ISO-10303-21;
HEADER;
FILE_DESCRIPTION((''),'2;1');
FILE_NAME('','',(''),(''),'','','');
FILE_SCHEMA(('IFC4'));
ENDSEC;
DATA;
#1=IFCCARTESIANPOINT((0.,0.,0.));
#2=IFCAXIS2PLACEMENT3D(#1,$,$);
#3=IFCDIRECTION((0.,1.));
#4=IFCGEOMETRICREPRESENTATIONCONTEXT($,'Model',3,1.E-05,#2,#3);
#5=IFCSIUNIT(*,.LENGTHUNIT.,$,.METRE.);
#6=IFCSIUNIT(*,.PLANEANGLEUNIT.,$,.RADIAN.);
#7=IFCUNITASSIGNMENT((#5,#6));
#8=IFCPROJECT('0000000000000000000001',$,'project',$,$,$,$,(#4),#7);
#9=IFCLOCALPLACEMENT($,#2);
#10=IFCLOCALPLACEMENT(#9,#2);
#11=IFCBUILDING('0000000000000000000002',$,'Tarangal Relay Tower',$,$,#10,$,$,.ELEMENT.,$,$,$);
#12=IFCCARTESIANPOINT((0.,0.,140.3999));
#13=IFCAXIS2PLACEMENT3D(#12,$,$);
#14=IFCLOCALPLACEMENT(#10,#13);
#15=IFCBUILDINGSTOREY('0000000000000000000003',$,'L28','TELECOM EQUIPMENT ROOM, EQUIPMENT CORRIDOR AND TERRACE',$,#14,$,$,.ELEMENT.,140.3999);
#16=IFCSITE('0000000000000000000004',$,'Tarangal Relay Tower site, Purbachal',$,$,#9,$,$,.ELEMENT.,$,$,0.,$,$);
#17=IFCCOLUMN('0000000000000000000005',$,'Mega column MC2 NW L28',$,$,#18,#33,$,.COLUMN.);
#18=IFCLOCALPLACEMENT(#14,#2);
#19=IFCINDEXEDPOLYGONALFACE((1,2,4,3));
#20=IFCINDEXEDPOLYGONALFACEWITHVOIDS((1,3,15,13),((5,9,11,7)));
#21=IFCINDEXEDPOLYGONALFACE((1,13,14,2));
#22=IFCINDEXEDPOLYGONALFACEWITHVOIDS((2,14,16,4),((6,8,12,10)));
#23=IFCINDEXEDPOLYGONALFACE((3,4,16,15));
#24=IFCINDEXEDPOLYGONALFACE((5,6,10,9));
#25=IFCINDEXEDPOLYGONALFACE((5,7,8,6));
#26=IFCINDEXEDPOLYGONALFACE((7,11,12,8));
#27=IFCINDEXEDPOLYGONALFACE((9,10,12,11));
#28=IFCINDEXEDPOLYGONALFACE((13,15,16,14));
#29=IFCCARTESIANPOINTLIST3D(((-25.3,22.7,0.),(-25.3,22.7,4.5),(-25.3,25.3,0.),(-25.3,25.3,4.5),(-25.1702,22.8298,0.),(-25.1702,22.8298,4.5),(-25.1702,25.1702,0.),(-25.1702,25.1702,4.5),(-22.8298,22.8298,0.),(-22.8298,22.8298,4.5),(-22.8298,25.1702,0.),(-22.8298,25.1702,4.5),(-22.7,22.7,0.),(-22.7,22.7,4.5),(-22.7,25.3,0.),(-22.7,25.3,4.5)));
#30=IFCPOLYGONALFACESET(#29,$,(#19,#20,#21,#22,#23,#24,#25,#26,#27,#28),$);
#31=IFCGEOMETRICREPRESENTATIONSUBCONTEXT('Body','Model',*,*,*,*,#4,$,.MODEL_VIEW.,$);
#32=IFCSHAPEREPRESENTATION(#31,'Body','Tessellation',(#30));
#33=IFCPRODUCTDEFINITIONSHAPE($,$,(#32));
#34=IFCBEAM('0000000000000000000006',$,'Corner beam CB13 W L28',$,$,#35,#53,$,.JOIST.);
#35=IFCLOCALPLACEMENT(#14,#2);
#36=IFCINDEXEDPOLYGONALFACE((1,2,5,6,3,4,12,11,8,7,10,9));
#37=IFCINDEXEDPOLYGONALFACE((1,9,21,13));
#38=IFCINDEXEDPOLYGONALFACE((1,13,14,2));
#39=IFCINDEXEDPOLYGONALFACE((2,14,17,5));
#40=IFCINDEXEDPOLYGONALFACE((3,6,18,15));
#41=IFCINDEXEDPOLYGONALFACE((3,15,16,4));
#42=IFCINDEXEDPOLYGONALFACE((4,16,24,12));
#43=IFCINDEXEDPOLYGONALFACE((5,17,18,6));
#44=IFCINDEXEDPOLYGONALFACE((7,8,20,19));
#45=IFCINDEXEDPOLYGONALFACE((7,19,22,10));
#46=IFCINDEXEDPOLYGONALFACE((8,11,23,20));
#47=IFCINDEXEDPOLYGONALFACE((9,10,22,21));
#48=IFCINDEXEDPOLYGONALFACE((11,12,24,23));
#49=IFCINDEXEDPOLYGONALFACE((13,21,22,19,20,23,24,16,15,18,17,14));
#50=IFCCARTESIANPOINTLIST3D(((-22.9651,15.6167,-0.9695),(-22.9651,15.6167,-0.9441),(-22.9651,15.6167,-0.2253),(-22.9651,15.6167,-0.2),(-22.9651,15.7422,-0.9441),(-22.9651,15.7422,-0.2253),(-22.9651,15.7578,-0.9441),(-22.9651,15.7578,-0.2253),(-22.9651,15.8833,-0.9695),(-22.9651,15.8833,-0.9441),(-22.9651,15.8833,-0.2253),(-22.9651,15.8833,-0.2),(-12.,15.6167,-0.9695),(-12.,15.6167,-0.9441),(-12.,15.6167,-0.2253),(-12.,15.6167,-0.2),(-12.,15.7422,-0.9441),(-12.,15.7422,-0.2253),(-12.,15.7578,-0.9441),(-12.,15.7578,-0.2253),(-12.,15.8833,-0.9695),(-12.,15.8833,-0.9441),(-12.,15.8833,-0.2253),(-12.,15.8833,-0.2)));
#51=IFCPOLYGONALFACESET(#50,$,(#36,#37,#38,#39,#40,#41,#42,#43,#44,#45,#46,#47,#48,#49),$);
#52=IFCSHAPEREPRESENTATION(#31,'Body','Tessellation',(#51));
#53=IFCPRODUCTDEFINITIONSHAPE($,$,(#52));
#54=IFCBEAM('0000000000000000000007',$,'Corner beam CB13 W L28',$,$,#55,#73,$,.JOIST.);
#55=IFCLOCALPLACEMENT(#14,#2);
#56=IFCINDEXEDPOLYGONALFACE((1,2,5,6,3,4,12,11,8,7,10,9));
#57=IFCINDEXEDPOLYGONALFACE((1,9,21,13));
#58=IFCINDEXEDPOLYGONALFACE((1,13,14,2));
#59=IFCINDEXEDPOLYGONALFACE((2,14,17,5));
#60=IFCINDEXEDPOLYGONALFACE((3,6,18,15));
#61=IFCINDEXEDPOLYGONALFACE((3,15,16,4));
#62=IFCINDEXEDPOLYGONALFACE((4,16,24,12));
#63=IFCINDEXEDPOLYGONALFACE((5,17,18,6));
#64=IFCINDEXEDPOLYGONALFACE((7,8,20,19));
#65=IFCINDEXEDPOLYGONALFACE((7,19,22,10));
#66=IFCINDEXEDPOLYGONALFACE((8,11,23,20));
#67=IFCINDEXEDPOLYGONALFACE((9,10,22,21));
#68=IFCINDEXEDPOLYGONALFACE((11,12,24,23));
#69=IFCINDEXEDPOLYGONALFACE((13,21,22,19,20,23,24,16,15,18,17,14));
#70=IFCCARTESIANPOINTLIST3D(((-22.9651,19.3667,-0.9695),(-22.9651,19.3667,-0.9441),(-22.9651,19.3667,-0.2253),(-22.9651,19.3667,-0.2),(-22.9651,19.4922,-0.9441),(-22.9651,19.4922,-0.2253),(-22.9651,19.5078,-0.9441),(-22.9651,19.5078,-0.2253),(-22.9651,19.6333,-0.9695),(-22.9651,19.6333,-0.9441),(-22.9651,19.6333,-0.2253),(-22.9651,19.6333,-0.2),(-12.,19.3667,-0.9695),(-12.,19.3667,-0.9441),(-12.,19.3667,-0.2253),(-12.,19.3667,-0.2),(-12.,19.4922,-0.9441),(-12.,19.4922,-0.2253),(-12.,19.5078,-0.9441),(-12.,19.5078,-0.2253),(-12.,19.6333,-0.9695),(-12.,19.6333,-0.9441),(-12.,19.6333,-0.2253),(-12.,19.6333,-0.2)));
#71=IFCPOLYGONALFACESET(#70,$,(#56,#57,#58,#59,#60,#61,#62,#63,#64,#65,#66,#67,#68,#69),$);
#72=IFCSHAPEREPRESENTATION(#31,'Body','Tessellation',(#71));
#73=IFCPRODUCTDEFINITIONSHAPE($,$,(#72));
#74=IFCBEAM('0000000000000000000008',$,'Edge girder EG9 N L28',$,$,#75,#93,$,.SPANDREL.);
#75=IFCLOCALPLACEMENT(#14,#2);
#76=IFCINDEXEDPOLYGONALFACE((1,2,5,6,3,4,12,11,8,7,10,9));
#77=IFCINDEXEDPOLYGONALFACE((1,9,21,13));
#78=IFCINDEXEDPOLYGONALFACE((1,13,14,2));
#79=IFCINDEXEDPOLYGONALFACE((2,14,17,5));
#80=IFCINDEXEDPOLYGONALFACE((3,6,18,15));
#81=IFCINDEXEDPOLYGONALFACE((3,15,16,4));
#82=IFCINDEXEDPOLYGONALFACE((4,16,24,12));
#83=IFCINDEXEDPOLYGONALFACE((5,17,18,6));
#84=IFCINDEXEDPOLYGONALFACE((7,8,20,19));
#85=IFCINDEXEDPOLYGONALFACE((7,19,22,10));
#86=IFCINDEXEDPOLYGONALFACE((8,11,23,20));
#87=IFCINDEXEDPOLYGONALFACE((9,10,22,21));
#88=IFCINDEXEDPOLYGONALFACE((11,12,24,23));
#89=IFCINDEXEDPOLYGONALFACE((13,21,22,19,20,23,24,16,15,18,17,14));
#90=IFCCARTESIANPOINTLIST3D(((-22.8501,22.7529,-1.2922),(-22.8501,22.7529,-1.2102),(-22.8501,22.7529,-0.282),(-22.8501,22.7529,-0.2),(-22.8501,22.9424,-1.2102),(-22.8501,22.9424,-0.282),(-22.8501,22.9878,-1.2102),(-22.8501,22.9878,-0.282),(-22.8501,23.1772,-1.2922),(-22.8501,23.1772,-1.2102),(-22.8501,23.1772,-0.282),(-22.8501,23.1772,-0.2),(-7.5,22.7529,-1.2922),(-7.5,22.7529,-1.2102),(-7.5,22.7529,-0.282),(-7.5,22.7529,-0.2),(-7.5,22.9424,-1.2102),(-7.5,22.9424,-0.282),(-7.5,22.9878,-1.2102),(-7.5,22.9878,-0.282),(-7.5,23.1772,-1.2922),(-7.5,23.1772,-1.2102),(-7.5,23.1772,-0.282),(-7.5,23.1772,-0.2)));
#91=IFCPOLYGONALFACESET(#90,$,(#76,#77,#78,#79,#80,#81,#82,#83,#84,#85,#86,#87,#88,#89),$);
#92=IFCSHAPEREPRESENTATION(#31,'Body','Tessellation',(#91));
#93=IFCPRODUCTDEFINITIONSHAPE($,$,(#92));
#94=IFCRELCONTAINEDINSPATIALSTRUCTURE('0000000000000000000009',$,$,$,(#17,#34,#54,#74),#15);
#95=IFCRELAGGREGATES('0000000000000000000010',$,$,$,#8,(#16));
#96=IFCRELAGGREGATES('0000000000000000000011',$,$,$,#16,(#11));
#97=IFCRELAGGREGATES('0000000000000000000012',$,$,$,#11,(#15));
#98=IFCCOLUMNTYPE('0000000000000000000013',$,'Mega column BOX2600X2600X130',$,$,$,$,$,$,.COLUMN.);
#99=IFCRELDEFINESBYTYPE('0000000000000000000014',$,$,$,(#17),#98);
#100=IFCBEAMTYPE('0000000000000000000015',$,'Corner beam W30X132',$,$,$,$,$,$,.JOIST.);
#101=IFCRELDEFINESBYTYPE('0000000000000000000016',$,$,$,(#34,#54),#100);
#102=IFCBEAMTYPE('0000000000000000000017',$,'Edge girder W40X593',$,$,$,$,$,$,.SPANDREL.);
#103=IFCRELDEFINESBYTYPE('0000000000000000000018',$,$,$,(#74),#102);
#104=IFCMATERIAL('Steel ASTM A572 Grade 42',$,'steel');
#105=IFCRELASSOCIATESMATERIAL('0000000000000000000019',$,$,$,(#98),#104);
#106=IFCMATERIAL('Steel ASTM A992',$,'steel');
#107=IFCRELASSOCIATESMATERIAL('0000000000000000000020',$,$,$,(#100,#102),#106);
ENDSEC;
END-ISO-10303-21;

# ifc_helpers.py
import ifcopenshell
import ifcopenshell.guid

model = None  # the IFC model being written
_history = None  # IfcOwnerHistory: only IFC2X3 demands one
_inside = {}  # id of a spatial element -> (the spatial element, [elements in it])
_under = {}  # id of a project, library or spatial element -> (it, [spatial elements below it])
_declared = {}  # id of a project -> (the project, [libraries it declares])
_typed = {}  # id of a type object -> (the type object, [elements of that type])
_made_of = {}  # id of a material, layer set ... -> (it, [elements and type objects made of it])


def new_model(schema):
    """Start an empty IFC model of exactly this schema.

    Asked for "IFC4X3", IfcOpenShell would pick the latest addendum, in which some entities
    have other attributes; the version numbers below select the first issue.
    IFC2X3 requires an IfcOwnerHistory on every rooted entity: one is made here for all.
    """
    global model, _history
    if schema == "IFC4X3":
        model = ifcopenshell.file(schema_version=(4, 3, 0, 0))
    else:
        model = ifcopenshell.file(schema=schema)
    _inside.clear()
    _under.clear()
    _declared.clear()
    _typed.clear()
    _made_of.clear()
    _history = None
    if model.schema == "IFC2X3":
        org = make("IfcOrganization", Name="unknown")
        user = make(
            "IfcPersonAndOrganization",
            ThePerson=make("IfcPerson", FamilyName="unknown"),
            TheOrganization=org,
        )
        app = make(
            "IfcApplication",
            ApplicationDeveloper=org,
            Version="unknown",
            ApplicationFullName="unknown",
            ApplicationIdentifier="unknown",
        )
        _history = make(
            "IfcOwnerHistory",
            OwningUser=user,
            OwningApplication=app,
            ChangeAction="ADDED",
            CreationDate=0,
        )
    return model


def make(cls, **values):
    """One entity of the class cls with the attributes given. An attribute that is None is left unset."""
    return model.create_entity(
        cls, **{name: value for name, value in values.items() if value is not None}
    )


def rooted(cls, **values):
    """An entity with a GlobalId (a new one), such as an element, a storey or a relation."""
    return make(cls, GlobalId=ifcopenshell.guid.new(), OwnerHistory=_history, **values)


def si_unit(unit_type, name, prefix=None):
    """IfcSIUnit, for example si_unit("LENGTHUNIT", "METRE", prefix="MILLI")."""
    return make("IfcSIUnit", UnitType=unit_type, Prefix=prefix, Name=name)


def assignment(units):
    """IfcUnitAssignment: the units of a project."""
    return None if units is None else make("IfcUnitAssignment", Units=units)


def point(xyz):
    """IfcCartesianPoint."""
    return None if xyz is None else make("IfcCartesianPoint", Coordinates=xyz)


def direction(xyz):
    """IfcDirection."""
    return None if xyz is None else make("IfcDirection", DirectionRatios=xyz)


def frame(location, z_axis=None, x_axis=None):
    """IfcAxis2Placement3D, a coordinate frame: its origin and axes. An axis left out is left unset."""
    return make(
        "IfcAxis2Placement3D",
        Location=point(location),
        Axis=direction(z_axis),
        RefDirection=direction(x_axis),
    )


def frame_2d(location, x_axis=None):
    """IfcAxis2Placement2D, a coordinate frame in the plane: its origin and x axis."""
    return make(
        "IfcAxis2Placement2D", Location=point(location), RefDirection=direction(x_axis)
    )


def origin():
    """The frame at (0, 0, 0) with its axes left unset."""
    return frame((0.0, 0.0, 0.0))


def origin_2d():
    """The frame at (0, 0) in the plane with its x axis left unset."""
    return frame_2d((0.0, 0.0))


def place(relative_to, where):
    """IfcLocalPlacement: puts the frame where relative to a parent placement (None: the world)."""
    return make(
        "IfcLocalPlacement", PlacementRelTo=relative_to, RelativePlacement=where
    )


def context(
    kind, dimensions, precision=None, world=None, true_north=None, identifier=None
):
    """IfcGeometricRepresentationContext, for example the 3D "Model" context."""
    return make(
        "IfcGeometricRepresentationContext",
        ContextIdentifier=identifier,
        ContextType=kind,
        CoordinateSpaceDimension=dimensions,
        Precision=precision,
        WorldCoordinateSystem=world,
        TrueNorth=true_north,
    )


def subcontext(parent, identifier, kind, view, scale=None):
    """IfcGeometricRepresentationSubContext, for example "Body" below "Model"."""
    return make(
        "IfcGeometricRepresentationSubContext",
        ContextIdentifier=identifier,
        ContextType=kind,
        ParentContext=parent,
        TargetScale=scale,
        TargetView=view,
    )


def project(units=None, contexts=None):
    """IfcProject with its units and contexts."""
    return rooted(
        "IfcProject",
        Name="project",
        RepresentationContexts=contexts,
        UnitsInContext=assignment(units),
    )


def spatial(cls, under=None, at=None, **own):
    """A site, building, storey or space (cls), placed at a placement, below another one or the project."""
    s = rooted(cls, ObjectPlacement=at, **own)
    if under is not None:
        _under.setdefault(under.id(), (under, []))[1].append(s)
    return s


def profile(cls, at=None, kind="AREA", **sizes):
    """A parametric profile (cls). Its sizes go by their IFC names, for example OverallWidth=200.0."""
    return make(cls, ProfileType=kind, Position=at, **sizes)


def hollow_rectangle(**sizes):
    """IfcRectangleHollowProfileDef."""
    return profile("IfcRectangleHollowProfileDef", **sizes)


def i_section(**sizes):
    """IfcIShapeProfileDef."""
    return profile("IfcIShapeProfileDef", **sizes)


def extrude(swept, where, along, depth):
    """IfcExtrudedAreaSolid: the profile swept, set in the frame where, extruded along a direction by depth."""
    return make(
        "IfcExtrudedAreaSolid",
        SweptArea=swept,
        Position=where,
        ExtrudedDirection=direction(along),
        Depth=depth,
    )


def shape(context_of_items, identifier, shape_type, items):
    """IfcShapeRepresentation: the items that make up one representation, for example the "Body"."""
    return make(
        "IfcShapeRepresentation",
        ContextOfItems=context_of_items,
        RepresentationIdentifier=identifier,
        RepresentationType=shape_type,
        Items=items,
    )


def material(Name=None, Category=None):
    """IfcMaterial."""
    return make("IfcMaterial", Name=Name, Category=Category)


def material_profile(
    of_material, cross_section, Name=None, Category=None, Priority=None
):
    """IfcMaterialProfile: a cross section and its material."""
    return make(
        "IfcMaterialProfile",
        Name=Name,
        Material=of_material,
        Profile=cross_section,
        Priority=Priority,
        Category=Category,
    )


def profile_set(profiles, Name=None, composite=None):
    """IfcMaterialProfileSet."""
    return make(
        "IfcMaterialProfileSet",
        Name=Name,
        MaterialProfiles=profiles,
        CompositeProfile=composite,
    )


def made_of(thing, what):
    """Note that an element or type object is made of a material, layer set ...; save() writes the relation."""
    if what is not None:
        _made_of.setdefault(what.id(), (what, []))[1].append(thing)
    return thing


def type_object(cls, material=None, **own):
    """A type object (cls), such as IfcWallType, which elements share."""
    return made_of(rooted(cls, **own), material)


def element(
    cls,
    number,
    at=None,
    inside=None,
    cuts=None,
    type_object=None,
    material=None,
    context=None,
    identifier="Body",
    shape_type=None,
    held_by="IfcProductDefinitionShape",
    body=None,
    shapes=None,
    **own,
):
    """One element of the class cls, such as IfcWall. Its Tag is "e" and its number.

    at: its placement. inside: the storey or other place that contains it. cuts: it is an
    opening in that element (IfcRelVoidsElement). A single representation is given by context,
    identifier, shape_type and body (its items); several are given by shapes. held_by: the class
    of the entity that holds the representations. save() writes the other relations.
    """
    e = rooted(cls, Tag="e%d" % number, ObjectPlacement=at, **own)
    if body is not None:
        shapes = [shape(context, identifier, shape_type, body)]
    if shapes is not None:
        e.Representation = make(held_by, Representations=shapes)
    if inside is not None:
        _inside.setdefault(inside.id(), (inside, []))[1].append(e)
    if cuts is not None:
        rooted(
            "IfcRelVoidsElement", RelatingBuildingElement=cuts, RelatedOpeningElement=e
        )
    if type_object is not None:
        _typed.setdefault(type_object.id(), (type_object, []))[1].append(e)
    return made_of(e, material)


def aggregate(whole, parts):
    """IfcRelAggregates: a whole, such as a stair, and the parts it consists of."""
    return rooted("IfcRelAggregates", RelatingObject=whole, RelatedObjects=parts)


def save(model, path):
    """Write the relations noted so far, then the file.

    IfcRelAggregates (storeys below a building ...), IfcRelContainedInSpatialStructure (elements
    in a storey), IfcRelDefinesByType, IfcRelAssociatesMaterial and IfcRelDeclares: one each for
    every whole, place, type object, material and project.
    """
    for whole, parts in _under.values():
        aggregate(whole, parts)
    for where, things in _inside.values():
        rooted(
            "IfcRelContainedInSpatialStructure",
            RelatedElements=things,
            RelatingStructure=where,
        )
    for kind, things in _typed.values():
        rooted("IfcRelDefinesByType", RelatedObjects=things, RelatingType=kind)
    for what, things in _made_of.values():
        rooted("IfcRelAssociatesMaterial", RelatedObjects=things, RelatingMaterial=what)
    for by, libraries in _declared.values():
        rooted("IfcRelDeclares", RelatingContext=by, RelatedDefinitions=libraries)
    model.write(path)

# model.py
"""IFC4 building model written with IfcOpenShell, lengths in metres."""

from ifc_helpers import new_model, si_unit, direction, frame, origin, origin_2d, place, context, subcontext, project, spatial, hollow_rectangle, i_section, extrude, material, material_profile, profile_set, type_object, element, save


model = new_model("IFC4")

# Units and contexts
model_context = context("Model", 3, precision=1e-05, world=origin(), true_north=direction((0.0, 1.0)))
body_context = subcontext(model_context, "Body", "Model", "MODEL_VIEW")
ifc_project = project(units=[si_unit("LENGTHUNIT", "METRE"), si_unit("PLANEANGLEUNIT", "RADIAN")], contexts=[model_context])

# Site, building, storey
site_placement = place(None, origin())
site = spatial("IfcSite", under=ifc_project, at=site_placement, Name="Tarangal Relay Tower site, Purbachal", CompositionType="ELEMENT", RefElevation=0.0)
building_placement = place(site_placement, origin())
building = spatial("IfcBuilding", under=site, at=building_placement, Name="Tarangal Relay Tower", CompositionType="ELEMENT")
storey_placement = place(building_placement, frame((0.0, 0.0, 140.3999)))
storey = spatial("IfcBuildingStorey", under=building, at=storey_placement, Name="L28", Description="TELECOM EQUIPMENT ROOM, EQUIPMENT CORRIDOR AND TERRACE", CompositionType="ELEMENT", Elevation=140.3999)

# Column
ifc_material_1 = material(Name="Steel ASTM A572 Grade 42", Category="steel")
ifc_material_profile_1 = material_profile(ifc_material_1, hollow_rectangle(XDim=2.6001, YDim=2.6001, WallThickness=0.1299, at=origin_2d()), Name="BOX2600X2600X130")
ifc_profile_set_1 = profile_set([ifc_material_profile_1], Name="Steel ASTM A572 Grade 42")
column_type = type_object("IfcColumnType", Name="Mega column BOX2600X2600X130", PredefinedType="COLUMN", material=ifc_profile_set_1)
column_placement = place(storey_placement, frame((-24.0, 24.0, 0.0), z_axis=(0.0, 0.0, 1.0), x_axis=(1.0, 0.0, 0.0)))
element("IfcColumn", 1, at=column_placement, inside=storey, type_object=column_type, Name="Mega column MC2 NW L28", PredefinedType="COLUMN", context=body_context, shape_type="SweptSolid", body=[
    extrude(hollow_rectangle(XDim=2.6001, YDim=2.6001, WallThickness=0.1299, at=origin_2d()), origin(), (0.0, 0.0, 1.0), 4.5),
])

# Beams
ifc_material_2 = material(Name="Steel ASTM A992", Category="steel")
ifc_material_profile_2 = material_profile(ifc_material_2, i_section(OverallWidth=0.2666, OverallDepth=0.7695, WebThickness=0.0156, FlangeThickness=0.0254, at=origin_2d()), Name="W30X132")
ifc_profile_set_2 = profile_set([ifc_material_profile_2], Name="Steel ASTM A992")
beam_type_1 = type_object("IfcBeamType", Name="Corner beam W30X132", PredefinedType="JOIST", material=ifc_profile_set_2)
for number, where, z_axis, x_axis, name in (
    (2, (-12.0, 15.75, -0.5847), (-1.0, 0.0, 0.0), (0.0, -1.0, 0.0), "Corner beam CB13 W L28"),
    (3, (-12.0, 19.5, -0.5847), (-1.0, 0.0, 0.0), (0.0, -1.0, 0.0), "Corner beam CB13 W L28"),
):
    element("IfcBeam", number, at=place(storey_placement, frame(where, z_axis=z_axis, x_axis=x_axis)), inside=storey, type_object=beam_type_1, Name=name, PredefinedType="JOIST", context=body_context, shape_type="SweptSolid", body=[
        extrude(i_section(OverallWidth=0.2666, OverallDepth=0.7695, WebThickness=0.0156, FlangeThickness=0.0254, at=origin_2d()), origin(), (0.0, 0.0, 1.0), 10.9651),
    ])
ifc_material_profile_3 = material_profile(ifc_material_2, i_section(OverallWidth=0.4243, OverallDepth=1.0923, WebThickness=0.0454, FlangeThickness=0.082, at=origin_2d()), Name="W40X593")
ifc_profile_set_3 = profile_set([ifc_material_profile_3], Name="Steel ASTM A992")
beam_type_2 = type_object("IfcBeamType", Name="Edge girder W40X593", PredefinedType="SPANDREL", material=ifc_profile_set_3)
beam_placement = place(storey_placement, frame((-22.8501, 22.9651, -0.7461), z_axis=(1.0, 0.0, 0.0), x_axis=(0.0, 1.0, 0.0)))
element("IfcBeam", 4, at=beam_placement, inside=storey, type_object=beam_type_2, Name="Edge girder EG9 N L28", PredefinedType="SPANDREL", context=body_context, shape_type="SweptSolid", body=[
    extrude(i_section(OverallWidth=0.4243, OverallDepth=1.0923, WebThickness=0.0454, FlangeThickness=0.082, at=origin_2d()), origin(), (0.0, 0.0, 1.0), 15.3501),
])

save(model, "model.ifc")
